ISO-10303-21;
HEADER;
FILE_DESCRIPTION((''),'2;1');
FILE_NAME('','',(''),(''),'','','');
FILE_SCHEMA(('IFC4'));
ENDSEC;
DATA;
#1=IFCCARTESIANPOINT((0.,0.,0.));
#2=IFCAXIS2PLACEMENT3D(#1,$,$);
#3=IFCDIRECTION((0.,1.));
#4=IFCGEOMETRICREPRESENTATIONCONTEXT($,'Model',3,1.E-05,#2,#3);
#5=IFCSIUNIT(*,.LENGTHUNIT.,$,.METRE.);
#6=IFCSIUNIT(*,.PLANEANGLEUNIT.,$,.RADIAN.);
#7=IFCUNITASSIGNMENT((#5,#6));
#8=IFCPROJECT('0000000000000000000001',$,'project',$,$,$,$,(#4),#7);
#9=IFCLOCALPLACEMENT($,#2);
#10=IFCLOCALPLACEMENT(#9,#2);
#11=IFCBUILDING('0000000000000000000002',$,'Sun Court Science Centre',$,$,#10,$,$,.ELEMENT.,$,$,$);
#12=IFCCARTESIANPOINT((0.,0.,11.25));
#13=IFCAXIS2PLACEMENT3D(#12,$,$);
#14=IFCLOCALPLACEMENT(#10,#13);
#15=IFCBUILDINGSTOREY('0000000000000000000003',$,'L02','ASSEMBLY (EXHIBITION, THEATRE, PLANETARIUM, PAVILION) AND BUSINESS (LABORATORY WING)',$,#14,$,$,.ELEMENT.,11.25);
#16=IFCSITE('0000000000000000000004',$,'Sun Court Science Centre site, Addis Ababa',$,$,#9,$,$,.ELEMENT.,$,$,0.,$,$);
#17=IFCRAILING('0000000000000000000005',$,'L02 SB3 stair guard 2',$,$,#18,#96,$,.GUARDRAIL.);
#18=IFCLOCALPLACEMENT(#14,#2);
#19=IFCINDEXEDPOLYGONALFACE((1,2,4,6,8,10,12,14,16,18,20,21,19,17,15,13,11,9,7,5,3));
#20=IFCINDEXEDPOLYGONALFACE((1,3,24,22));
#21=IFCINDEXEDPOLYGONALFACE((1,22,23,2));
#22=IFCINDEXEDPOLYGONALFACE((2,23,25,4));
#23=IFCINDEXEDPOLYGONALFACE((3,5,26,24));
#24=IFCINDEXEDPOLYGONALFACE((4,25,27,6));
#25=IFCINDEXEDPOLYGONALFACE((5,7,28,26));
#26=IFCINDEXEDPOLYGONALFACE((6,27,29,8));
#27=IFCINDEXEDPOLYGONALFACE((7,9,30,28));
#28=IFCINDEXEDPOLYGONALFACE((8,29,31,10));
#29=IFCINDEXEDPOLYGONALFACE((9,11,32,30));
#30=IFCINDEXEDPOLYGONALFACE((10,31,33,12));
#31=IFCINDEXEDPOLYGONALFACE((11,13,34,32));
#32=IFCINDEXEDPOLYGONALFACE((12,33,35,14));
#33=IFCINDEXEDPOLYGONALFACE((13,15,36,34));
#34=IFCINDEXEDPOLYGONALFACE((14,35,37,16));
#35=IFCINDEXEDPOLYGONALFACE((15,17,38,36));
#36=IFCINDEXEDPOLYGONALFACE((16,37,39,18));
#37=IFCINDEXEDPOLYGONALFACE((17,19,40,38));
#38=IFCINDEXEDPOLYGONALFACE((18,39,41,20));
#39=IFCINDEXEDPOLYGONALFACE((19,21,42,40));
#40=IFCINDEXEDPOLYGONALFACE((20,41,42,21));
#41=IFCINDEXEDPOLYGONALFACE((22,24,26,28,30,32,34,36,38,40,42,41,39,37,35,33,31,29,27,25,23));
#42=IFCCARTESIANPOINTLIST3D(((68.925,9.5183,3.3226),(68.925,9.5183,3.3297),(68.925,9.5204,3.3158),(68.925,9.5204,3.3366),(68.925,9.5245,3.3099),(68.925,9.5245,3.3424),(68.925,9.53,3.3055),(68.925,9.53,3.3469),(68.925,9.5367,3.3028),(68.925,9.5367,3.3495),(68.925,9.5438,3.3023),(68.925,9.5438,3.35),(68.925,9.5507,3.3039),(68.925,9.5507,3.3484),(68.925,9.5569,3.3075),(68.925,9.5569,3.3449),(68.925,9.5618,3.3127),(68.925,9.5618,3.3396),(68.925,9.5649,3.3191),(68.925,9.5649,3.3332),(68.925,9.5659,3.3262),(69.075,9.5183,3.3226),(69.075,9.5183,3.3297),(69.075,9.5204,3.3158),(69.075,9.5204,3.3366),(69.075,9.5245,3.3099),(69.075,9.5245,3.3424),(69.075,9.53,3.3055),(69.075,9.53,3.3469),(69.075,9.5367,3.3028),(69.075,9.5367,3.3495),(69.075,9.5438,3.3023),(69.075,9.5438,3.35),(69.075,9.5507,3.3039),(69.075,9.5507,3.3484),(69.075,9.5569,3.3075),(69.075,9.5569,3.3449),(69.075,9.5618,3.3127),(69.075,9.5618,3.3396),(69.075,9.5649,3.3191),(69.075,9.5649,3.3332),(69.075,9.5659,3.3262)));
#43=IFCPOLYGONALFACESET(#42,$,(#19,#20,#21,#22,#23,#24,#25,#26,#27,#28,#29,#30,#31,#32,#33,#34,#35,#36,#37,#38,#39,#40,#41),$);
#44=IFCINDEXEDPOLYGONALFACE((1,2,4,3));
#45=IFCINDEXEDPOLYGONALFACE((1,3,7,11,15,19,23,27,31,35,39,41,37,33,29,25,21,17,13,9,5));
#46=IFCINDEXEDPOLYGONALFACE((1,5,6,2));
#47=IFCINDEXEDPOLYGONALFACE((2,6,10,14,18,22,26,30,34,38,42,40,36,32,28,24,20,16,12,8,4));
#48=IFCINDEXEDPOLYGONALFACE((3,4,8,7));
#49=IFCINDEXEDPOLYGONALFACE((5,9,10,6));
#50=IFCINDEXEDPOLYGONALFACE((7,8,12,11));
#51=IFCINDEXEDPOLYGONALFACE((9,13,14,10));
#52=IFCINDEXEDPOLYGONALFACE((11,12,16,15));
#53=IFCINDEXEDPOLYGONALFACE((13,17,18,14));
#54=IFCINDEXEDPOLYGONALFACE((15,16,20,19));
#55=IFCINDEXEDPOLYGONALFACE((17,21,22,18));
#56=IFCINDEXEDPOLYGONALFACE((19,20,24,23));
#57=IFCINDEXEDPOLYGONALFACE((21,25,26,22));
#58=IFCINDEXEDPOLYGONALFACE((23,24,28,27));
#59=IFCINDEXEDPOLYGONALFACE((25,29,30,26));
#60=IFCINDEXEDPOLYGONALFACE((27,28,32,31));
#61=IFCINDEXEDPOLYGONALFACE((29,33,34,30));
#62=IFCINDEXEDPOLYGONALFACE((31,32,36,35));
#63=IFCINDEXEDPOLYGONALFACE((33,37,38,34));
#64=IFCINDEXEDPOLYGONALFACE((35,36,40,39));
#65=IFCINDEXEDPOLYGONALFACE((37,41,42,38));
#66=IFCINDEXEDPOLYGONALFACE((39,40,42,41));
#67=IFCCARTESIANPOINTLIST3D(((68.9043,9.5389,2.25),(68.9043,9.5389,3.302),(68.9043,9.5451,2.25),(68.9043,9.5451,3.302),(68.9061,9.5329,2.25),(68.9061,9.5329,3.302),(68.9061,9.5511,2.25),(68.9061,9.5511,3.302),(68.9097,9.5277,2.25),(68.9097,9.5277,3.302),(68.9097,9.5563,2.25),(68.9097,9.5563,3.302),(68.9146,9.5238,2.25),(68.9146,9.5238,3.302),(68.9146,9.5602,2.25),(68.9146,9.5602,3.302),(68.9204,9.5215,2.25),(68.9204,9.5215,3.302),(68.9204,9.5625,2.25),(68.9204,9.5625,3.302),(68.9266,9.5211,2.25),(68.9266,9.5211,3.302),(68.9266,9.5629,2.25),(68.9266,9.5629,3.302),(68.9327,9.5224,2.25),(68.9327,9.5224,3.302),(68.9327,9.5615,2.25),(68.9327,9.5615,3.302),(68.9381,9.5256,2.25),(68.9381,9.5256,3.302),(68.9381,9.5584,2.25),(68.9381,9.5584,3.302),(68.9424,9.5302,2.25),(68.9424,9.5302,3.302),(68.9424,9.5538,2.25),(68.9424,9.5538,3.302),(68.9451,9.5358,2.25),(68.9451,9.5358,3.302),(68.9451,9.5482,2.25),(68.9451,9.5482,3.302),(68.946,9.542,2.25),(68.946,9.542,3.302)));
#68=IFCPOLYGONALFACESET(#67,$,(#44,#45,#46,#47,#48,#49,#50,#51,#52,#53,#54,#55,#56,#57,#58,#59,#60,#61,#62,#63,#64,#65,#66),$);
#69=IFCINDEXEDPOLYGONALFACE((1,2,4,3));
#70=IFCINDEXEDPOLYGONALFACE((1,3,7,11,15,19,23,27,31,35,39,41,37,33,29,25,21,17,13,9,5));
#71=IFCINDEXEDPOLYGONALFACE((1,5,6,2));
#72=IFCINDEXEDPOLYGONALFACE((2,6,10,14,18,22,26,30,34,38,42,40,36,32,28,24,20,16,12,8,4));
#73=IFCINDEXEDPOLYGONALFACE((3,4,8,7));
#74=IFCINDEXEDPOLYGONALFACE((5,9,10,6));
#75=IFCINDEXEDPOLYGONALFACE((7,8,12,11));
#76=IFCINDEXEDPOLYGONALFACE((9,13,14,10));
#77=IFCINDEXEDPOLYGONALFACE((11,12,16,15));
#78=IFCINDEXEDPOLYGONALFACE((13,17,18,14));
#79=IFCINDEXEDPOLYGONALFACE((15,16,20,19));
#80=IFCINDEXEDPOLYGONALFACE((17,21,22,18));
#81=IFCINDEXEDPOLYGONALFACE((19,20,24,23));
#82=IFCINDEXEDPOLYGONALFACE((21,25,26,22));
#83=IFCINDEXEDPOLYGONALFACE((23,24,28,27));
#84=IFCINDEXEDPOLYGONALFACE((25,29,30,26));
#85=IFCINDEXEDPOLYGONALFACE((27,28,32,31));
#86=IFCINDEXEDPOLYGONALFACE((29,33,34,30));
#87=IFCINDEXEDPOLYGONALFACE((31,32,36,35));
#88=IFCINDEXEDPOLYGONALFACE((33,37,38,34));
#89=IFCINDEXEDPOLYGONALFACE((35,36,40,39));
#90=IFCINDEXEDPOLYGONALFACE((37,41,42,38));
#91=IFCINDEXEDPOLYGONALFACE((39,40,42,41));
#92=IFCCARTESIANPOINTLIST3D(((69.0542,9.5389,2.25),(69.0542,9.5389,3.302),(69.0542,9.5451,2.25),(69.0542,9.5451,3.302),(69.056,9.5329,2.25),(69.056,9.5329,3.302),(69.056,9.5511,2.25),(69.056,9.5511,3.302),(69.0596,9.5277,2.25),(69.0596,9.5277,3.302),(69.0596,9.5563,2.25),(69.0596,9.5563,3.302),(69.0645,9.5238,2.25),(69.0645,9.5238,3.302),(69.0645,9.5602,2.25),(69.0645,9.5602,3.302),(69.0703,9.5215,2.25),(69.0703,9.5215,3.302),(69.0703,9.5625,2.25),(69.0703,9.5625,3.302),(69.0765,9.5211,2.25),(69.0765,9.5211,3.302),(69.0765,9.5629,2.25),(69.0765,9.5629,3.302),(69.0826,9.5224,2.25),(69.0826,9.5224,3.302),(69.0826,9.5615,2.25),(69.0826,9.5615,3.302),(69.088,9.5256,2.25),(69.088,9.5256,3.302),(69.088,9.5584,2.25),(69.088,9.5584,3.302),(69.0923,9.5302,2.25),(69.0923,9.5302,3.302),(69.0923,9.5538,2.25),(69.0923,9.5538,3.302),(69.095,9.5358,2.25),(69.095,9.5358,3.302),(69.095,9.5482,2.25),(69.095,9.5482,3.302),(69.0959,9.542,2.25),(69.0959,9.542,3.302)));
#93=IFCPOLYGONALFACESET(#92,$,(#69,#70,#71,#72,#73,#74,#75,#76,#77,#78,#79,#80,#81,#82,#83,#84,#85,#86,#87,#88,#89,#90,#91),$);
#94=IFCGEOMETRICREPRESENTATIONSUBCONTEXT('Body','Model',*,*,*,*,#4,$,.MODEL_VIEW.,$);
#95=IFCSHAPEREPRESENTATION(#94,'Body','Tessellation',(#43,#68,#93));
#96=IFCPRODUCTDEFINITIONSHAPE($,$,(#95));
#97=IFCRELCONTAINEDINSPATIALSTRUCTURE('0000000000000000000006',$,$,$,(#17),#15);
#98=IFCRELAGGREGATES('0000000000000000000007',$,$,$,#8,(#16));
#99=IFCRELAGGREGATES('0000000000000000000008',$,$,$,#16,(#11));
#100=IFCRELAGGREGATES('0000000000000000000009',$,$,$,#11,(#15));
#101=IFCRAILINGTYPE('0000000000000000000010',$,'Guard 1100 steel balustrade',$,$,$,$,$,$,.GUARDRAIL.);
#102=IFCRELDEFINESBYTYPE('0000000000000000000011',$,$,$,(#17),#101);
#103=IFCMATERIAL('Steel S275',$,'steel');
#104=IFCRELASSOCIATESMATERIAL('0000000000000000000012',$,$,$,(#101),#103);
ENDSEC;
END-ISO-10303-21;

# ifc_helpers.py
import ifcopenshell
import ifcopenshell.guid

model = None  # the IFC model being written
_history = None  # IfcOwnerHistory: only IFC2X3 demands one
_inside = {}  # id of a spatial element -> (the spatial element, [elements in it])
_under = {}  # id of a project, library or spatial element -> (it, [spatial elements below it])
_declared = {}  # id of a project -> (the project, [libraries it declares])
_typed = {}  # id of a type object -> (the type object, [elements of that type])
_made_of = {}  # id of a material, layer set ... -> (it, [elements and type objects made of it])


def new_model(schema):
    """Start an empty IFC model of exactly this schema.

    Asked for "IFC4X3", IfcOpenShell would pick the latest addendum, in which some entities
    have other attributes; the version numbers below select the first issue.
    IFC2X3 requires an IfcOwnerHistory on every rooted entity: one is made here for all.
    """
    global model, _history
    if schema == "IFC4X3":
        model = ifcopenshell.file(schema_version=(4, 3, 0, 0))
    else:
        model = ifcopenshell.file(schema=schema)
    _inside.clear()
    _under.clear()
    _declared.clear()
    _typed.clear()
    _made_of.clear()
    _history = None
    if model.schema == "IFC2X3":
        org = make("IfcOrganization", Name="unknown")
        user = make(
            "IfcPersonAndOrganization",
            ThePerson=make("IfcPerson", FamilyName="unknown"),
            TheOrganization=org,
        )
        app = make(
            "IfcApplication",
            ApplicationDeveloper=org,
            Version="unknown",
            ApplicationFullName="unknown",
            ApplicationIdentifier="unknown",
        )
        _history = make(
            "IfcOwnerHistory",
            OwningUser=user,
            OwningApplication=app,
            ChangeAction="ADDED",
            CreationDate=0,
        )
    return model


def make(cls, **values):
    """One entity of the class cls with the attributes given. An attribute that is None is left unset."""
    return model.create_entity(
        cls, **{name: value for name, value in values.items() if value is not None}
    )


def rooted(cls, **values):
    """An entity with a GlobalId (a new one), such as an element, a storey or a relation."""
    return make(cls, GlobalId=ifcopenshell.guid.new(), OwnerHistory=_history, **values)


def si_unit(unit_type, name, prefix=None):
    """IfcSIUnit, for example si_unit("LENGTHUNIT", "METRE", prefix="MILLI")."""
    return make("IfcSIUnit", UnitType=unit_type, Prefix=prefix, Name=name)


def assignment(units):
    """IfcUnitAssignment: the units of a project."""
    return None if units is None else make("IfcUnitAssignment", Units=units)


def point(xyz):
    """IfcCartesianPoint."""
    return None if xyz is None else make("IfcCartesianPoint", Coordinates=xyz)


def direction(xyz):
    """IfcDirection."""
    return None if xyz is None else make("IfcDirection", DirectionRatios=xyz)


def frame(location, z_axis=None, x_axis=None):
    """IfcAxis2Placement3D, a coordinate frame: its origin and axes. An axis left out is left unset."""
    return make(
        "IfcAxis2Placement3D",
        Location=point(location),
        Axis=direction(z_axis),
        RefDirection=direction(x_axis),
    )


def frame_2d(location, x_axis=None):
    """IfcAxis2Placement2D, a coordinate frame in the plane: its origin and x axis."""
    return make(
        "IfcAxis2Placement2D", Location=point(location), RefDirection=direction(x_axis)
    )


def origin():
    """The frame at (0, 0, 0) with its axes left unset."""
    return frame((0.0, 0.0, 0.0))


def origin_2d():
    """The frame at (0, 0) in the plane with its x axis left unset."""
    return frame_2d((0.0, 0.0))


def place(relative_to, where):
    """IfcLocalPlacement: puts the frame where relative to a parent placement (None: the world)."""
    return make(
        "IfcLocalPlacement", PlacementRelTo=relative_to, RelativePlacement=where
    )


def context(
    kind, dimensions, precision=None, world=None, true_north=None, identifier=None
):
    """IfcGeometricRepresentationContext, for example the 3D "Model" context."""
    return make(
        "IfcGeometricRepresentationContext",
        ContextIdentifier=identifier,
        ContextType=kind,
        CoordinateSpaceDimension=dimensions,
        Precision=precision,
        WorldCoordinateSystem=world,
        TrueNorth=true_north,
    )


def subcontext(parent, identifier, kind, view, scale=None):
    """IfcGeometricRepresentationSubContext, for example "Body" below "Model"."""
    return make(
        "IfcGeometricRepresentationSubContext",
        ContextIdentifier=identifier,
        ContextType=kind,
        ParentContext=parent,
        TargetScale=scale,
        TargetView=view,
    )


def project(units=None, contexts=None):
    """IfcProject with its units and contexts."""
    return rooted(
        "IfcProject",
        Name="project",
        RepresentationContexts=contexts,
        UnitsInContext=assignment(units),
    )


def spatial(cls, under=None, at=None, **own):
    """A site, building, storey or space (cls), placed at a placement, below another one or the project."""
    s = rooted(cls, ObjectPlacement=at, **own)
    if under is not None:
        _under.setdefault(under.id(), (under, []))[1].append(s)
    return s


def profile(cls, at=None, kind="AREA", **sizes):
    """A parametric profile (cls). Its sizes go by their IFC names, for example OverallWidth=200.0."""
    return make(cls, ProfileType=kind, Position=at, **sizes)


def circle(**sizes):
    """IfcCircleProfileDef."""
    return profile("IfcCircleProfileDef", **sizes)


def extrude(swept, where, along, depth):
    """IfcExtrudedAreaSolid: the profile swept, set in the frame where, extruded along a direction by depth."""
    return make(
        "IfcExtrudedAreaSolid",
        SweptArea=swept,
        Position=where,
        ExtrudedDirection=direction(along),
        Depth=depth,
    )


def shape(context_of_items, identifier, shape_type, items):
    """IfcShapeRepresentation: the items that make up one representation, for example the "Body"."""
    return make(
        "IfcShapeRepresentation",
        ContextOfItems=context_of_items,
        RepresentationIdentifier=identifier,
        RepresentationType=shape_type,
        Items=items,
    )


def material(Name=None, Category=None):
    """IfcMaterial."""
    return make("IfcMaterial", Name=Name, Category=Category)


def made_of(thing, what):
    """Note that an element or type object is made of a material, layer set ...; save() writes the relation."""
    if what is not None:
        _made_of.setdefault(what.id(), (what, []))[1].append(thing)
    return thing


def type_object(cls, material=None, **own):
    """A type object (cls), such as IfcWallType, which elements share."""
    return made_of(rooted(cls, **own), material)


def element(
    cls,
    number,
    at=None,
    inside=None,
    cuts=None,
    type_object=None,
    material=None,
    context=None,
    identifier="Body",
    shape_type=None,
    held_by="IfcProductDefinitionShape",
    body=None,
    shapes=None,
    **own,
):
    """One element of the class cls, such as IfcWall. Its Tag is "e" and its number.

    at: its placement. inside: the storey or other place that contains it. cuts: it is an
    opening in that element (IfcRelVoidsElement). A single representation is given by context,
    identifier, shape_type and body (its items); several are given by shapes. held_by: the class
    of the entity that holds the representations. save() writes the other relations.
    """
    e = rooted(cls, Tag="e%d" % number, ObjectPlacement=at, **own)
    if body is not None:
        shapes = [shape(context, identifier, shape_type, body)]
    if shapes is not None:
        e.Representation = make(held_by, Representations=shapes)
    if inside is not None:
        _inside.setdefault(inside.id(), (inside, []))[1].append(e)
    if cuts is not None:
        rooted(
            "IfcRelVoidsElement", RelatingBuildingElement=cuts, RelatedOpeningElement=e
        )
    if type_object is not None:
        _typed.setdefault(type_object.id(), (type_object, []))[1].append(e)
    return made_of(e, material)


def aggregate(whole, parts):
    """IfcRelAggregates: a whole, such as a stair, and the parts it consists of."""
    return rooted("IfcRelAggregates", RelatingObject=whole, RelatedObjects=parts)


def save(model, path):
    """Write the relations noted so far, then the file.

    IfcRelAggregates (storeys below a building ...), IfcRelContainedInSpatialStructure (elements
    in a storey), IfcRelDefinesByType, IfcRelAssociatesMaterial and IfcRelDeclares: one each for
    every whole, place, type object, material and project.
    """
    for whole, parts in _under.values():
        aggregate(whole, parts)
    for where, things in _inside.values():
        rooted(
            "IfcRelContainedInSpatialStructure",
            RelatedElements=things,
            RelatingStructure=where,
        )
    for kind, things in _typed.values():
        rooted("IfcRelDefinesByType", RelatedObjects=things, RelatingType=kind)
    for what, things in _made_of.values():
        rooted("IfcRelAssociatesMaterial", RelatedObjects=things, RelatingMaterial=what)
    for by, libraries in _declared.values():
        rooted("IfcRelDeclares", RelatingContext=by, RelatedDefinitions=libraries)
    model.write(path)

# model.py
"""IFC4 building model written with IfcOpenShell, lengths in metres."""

from ifc_helpers import new_model, si_unit, direction, frame, origin, origin_2d, place, context, subcontext, project, spatial, circle, extrude, material, type_object, element, save


model = new_model("IFC4")

# Units and contexts
model_context = context("Model", 3, precision=1e-05, world=origin(), true_north=direction((0.0, 1.0)))
body_context = subcontext(model_context, "Body", "Model", "MODEL_VIEW")
ifc_project = project(units=[si_unit("LENGTHUNIT", "METRE"), si_unit("PLANEANGLEUNIT", "RADIAN")], contexts=[model_context])

# Site, building, storey
site_placement = place(None, origin())
site = spatial("IfcSite", under=ifc_project, at=site_placement, Name="Sun Court Science Centre site, Addis Ababa", CompositionType="ELEMENT", RefElevation=0.0)
building_placement = place(site_placement, origin())
building = spatial("IfcBuilding", under=site, at=building_placement, Name="Sun Court Science Centre", CompositionType="ELEMENT")
storey_placement = place(building_placement, frame((0.0, 0.0, 11.25)))
storey = spatial("IfcBuildingStorey", under=building, at=storey_placement, Name="L02", Description="ASSEMBLY (EXHIBITION, THEATRE, PLANETARIUM, PAVILION) AND BUSINESS (LABORATORY WING)", CompositionType="ELEMENT", Elevation=11.25)

# Railing
ifc_material_1 = material(Name="Steel S275", Category="steel")
railing_type_1 = type_object("IfcRailingType", Name="Guard 1100 steel balustrade", PredefinedType="GUARDRAIL", material=ifc_material_1)
railing_1_placement = place(storey_placement, frame((68.925, 9.542, 2.25)))
element("IfcRailing", 1, at=railing_1_placement, inside=storey, type_object=railing_type_1, Name="L02 SB3 stair guard 2", PredefinedType="GUARDRAIL", context=body_context, shape_type="SweptSolid", body=[
    extrude(circle(Radius=0.0239, at=origin_2d()), frame((0.0, 0.0, 1.0762), z_axis=(1.0, 0.0, 0.0), x_axis=(0.0, 1.0, 0.0)), (0.0, 0.0, 1.0), 0.1499),
    extrude(circle(Radius=0.021, at=origin_2d()), origin(), (0.0, 0.0, 1.0), 1.052),
    extrude(circle(Radius=0.021, at=origin_2d()), frame((0.1499, 0.0, 0.0)), (0.0, 0.0, 1.0), 1.052),
])

save(model, "model.ifc")
